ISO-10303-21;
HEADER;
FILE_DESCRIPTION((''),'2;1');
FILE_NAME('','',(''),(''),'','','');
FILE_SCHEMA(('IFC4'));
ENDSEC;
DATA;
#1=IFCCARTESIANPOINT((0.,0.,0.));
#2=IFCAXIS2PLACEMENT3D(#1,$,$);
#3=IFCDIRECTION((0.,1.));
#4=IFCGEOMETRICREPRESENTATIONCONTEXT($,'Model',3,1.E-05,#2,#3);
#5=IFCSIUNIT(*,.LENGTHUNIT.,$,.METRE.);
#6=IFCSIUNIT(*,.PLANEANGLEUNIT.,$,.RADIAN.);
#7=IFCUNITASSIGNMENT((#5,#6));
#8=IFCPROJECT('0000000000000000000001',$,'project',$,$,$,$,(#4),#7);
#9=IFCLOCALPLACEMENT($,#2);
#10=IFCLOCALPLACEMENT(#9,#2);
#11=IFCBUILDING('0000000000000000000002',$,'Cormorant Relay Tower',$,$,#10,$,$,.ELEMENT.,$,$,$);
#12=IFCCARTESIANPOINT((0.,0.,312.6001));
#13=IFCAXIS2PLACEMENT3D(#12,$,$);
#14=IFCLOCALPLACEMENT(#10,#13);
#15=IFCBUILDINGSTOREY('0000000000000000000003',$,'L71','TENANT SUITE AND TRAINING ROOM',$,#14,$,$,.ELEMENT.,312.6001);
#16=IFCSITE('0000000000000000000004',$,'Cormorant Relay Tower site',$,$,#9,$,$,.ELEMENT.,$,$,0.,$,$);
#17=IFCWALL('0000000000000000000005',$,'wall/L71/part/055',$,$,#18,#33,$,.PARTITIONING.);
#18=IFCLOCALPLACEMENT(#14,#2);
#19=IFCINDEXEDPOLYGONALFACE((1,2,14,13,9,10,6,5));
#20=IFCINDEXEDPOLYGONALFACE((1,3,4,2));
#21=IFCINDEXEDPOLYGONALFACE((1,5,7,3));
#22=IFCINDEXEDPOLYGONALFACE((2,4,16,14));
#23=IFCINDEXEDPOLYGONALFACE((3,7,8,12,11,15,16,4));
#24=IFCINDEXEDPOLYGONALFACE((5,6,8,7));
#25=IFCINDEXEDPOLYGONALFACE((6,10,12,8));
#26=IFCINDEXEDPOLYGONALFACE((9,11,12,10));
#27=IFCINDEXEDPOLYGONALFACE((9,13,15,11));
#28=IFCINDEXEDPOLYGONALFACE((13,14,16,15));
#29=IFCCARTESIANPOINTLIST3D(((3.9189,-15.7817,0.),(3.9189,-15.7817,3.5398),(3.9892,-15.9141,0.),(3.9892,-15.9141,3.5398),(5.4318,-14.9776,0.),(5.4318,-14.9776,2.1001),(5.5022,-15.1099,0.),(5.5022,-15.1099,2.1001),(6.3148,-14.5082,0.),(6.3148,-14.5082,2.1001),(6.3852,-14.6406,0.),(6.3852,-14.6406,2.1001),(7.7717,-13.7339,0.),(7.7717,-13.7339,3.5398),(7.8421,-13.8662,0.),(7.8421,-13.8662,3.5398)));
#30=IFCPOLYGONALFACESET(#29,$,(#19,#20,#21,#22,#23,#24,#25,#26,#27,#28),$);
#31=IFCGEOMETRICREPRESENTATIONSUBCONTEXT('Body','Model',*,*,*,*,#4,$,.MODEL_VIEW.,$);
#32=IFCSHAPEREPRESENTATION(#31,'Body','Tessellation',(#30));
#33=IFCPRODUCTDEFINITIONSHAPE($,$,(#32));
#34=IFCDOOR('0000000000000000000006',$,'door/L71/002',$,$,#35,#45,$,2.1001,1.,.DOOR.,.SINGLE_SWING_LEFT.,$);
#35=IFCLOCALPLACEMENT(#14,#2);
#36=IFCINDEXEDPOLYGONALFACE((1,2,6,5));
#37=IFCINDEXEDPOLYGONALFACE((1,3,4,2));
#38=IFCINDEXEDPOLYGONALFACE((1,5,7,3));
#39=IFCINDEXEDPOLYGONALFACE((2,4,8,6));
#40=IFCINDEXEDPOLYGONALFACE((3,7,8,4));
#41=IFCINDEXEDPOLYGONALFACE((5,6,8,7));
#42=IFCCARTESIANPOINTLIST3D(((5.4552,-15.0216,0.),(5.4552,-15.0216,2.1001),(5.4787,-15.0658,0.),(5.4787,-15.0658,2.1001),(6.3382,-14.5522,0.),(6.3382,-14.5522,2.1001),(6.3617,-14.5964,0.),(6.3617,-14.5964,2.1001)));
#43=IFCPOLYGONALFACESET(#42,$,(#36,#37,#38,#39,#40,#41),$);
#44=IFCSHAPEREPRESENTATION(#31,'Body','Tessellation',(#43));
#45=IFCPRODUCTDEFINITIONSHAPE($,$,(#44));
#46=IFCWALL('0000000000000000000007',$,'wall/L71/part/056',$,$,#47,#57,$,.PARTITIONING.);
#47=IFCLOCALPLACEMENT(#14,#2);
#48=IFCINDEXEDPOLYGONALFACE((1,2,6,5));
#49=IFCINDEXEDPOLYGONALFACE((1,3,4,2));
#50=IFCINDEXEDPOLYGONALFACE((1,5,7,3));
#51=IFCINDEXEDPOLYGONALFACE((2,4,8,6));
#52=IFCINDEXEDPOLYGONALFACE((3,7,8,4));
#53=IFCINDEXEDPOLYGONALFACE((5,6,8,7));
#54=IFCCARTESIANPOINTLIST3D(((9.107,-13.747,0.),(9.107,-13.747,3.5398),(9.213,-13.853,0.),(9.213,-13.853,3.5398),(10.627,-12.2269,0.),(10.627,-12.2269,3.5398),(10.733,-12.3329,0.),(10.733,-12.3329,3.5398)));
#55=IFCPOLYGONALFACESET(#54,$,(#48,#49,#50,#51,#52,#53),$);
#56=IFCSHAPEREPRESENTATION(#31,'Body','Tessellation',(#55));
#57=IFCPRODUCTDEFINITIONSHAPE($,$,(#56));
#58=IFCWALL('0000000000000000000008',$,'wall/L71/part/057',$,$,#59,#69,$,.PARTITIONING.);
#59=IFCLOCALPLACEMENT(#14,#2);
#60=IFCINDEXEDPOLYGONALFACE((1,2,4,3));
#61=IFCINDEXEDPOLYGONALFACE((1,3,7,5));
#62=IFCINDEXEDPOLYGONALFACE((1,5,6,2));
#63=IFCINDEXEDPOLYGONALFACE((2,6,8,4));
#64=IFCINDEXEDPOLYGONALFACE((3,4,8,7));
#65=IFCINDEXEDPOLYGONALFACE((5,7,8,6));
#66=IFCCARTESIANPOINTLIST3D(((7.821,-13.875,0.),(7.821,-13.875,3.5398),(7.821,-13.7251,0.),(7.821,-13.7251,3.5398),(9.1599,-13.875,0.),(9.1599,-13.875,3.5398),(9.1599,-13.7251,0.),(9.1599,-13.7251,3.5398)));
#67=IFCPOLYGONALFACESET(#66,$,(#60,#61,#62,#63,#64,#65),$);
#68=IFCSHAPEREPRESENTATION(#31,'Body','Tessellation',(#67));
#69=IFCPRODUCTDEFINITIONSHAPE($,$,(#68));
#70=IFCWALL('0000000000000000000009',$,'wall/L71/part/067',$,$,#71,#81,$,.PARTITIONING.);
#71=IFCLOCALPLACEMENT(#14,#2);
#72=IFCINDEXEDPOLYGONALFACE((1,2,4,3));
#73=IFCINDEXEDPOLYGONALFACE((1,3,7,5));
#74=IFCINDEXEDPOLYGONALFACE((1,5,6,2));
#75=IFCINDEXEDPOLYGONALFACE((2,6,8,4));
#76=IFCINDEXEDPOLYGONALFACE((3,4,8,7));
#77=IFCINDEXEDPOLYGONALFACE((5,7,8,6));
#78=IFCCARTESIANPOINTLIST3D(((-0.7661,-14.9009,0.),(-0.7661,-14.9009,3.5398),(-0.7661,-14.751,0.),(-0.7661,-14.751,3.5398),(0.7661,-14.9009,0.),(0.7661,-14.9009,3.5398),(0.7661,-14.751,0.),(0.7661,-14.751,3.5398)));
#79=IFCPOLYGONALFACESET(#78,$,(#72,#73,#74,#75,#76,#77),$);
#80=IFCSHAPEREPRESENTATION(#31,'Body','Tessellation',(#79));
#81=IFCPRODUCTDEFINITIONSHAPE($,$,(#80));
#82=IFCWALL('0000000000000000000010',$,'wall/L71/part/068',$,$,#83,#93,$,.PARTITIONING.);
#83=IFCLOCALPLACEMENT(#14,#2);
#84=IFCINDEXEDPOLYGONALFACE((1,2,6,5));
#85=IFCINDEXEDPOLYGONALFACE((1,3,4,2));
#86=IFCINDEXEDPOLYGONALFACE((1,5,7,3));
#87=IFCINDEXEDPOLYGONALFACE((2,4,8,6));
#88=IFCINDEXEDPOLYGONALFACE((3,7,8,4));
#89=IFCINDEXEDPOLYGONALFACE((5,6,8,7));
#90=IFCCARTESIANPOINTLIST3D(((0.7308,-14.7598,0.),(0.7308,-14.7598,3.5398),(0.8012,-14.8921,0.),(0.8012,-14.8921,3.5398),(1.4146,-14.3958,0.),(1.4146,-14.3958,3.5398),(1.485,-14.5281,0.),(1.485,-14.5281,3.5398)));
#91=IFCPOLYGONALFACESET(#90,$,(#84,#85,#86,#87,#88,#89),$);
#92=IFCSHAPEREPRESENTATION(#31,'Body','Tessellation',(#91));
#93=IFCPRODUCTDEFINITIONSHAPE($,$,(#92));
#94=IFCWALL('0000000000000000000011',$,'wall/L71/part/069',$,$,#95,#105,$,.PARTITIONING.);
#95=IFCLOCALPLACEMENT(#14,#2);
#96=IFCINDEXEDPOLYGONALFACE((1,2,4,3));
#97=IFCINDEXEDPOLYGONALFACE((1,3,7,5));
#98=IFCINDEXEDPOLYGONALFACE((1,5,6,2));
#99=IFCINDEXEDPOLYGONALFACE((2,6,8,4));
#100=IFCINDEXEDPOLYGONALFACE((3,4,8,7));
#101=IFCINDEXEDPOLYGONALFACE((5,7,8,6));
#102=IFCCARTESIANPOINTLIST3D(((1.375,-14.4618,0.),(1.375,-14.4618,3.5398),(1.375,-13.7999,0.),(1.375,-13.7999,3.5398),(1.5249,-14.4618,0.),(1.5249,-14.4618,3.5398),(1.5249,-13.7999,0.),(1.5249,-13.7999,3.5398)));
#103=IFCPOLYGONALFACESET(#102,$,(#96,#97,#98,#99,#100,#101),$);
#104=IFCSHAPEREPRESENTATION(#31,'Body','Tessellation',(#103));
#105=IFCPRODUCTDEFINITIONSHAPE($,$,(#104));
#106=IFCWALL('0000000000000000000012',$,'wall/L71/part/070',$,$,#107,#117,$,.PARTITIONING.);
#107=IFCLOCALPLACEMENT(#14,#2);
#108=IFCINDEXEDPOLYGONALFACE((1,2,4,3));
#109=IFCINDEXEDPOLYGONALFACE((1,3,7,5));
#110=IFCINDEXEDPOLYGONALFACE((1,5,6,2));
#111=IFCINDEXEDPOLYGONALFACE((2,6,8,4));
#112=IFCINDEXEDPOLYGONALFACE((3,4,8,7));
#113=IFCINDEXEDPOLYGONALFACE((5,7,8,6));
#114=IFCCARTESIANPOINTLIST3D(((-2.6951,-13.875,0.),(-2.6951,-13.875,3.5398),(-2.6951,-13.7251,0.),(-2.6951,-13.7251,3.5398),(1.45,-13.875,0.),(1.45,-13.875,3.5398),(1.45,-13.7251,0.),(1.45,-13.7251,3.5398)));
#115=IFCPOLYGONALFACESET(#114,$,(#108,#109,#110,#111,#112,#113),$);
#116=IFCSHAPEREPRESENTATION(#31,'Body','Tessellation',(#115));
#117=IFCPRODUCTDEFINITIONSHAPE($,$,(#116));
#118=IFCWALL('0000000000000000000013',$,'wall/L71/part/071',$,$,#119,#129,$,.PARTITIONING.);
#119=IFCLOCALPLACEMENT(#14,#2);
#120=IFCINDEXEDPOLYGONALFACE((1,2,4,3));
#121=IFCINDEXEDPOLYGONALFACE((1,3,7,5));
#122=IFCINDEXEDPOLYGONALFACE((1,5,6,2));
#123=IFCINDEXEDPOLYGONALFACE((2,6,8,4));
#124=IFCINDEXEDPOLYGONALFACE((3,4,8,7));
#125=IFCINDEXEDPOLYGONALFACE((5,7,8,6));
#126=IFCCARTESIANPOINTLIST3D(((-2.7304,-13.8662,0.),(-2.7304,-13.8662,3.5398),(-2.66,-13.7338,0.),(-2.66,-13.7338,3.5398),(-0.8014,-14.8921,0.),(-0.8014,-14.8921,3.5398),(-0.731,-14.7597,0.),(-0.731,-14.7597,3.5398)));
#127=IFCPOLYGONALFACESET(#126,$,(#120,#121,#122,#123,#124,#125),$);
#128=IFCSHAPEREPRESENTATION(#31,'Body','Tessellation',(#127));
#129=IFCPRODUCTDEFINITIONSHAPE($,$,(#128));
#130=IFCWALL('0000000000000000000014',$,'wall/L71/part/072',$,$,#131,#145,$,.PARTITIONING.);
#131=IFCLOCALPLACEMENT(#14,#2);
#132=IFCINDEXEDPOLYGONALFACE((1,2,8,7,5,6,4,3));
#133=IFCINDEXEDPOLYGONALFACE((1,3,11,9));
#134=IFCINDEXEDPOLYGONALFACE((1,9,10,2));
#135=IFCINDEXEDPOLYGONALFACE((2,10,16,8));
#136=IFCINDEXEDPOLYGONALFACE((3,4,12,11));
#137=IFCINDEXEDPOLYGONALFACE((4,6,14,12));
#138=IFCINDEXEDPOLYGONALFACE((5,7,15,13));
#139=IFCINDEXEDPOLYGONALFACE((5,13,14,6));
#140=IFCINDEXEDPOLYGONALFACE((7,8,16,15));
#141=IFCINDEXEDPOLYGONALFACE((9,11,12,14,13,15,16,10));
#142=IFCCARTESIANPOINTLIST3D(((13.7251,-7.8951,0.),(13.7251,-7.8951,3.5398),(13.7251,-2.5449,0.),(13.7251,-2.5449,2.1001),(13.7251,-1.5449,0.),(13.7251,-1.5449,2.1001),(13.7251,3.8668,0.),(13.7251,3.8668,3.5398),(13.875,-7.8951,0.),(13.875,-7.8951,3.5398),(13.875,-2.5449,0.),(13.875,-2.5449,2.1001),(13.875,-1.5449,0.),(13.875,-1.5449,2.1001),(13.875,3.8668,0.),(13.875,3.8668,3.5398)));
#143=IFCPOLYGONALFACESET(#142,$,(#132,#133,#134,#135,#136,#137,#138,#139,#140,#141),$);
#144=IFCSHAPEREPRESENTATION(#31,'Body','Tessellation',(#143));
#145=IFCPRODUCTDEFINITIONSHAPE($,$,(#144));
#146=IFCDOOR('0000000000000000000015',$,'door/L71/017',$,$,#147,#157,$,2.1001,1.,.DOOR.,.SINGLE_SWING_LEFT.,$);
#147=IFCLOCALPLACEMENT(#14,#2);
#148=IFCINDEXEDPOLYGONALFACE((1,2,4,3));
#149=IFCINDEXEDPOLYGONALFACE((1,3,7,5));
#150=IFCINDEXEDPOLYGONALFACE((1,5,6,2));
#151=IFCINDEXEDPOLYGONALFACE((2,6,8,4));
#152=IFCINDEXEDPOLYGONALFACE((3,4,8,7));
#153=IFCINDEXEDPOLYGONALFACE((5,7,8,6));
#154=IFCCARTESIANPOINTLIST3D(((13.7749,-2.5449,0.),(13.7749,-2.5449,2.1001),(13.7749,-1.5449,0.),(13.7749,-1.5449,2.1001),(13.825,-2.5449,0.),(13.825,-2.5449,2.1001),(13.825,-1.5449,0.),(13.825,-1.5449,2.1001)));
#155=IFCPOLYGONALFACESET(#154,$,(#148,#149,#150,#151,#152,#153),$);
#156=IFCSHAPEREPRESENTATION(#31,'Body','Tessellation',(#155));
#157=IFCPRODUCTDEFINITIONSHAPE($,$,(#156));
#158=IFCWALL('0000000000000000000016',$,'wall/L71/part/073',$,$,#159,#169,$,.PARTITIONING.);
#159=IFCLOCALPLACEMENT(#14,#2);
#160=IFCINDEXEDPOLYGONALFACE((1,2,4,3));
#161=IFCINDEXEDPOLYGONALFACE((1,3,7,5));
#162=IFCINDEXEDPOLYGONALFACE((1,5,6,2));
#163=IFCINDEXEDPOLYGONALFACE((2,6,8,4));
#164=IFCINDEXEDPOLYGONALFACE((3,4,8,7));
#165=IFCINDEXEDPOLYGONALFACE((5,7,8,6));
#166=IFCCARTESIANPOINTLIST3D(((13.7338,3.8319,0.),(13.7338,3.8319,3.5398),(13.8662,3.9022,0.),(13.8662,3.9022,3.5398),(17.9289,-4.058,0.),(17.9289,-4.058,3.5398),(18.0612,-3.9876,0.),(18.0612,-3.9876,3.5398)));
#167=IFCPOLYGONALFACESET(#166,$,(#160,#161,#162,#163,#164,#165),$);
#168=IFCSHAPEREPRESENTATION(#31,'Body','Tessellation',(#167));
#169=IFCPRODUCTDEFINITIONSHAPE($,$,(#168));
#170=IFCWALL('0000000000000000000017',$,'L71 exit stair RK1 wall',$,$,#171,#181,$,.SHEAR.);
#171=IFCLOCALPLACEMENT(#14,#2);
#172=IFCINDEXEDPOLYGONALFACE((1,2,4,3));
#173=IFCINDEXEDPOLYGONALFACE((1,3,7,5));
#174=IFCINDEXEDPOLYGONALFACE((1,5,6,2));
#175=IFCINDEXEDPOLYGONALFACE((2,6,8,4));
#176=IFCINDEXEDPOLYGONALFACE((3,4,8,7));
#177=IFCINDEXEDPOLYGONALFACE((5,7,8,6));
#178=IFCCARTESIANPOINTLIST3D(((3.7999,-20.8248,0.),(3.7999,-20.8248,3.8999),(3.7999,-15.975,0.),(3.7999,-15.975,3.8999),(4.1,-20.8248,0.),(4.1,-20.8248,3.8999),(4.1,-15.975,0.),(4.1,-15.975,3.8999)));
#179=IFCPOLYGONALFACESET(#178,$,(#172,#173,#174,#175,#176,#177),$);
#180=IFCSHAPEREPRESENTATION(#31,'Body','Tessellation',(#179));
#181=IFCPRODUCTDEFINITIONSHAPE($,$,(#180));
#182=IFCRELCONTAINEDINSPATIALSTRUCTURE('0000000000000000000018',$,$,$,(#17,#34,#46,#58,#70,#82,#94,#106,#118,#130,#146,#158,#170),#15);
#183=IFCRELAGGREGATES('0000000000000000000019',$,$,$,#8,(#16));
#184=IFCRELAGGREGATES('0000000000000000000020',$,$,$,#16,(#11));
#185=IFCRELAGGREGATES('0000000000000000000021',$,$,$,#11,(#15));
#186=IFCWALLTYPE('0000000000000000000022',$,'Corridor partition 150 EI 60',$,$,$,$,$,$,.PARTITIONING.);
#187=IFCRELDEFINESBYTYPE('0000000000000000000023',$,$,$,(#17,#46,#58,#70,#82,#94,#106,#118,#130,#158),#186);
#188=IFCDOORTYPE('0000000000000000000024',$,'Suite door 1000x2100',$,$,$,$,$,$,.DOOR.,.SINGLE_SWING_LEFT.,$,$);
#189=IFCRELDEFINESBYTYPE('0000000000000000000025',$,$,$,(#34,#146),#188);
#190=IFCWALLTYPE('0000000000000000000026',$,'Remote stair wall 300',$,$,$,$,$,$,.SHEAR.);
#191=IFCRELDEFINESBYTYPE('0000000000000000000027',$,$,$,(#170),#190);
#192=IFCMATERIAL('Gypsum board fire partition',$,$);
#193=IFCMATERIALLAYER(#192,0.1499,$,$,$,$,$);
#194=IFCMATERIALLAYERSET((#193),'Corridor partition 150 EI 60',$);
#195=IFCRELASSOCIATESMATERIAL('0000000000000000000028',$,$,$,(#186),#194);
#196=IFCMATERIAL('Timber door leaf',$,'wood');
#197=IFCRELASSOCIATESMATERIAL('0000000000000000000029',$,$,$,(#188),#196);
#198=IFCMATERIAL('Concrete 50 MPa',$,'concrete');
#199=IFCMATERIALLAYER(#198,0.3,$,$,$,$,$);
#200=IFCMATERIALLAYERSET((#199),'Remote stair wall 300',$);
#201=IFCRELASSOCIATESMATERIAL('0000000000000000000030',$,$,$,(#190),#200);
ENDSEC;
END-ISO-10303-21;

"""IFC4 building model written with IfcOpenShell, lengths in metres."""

from ifc_helpers import new_model, si_unit, direction, frame, frame_2d, origin, place, context, subcontext, project, spatial, rectangle, extrude, material, layer, layer_set, type_object, element, fill, save


model = new_model("IFC4")

# Units and contexts
model_context = context("Model", 3, precision=1e-05, world=origin(), true_north=direction((0.0, 1.0)))
body_context = subcontext(model_context, "Body", "Model", "MODEL_VIEW")
ifc_project = project(units=[si_unit("LENGTHUNIT", "METRE"), si_unit("PLANEANGLEUNIT", "RADIAN")], contexts=[model_context])

# Site, building, storey
site_placement = place(None, origin())
site = spatial("IfcSite", under=ifc_project, at=site_placement, Name="Cormorant Relay Tower site", CompositionType="ELEMENT", RefElevation=0.0)
building_placement = place(site_placement, origin())
building = spatial("IfcBuilding", under=site, at=building_placement, Name="Cormorant Relay Tower", CompositionType="ELEMENT")
storey_placement = place(building_placement, frame((0.0, 0.0, 312.6001)))
storey = spatial("IfcBuildingStorey", under=building, at=storey_placement, Name="L71", Description="TENANT SUITE AND TRAINING ROOM", CompositionType="ELEMENT", Elevation=312.6001)

# Wall, opening, door
ifc_material_1 = material(Name="Gypsum board fire partition")
ifc_layer_1 = layer(ifc_material_1, 0.1499)
ifc_layer_set_1 = layer_set([ifc_layer_1], Name="Corridor partition 150 EI 60")
wall_type_1 = type_object("IfcWallType", Name="Corridor partition 150 EI 60", PredefinedType="PARTITIONING", material=ifc_layer_set_1)
ifc_material_2 = material(Name="Timber door leaf", Category="wood")
door_type_1 = type_object("IfcDoorType", Name="Suite door 1000x2100", OperationType="SINGLE_SWING_LEFT", PredefinedType="DOOR", material=ifc_material_2)
wall_1_placement = place(storey_placement, frame((7.8069, -13.8, 0.0), z_axis=(0.0, 0.0, 1.0), x_axis=(-0.883015, -0.469345, 0.0)))
wall_1 = element("IfcWall", 1, at=wall_1_placement, inside=storey, type_object=wall_type_1, Name="wall/L71/part/055", PredefinedType="PARTITIONING", context=body_context, shape_type="SweptSolid", body=[
    extrude(rectangle(XDim=4.3633, YDim=0.1499, at=frame_2d((2.1816, 0.0))), origin(), (0.0, 0.0, 1.0), 3.5398),
])
opening_1_placement = place(wall_1_placement, frame((1.6499, 0.0, 0.0)))
opening_1 = element("IfcOpeningElement", 2, at=opening_1_placement, cuts=wall_1, PredefinedType="OPENING", context=body_context, shape_type="SweptSolid", body=[
    extrude(rectangle(XDim=1.0, YDim=2.1001, at=frame_2d((0.5, 1.05))), frame((0.0, 0.085, 0.0), z_axis=(0.0, -1.0, 0.0), x_axis=(1.0, 0.0, 0.0)), (0.0, 0.0, 1.0), 0.1699),
])
door_1_placement = place(opening_1_placement, origin())
door_1 = element("IfcDoor", 3, at=door_1_placement, inside=storey, type_object=door_type_1, Name="door/L71/002", OperationType="SINGLE_SWING_LEFT", OverallHeight=2.1001, OverallWidth=1.0, PredefinedType="DOOR", context=body_context, shape_type="SweptSolid", body=[
    extrude(rectangle(XDim=1.0, YDim=2.1001, at=frame_2d((0.5, 1.05))), frame((0.0, 0.0249, 0.0), z_axis=(0.0, -1.0, 0.0), x_axis=(1.0, 0.0, 0.0)), (0.0, 0.0, 1.0), 0.05),
])
fill(opening_1, door_1)

# Walls
wall_2_placement = place(storey_placement, frame((10.6799, -12.28, 0.0), z_axis=(0.0, 0.0, 1.0), x_axis=(-0.707107, -0.707107, 0.0)))
element("IfcWall", 4, at=wall_2_placement, inside=storey, type_object=wall_type_1, Name="wall/L71/part/056", PredefinedType="PARTITIONING", context=body_context, shape_type="SweptSolid", body=[
    extrude(rectangle(XDim=2.1497, YDim=0.1499, at=frame_2d((1.0747, 0.0))), origin(), (0.0, 0.0, 1.0), 3.5398),
])
wall_3_placement = place(storey_placement, frame((9.1599, -13.8, 0.0), z_axis=(0.0, 0.0, 1.0), x_axis=(-1.0, 0.0, 0.0)))
element("IfcWall", 5, at=wall_3_placement, inside=storey, type_object=wall_type_1, Name="wall/L71/part/057", PredefinedType="PARTITIONING", context=body_context, shape_type="SweptSolid", body=[
    extrude(rectangle(XDim=1.3389, YDim=0.1499, at=frame_2d((0.6694, 0.0))), origin(), (0.0, 0.0, 1.0), 3.5398),
])
wall_4_placement = place(storey_placement, frame((-0.7661, -14.8259, 0.0), z_axis=(0.0, 0.0, 1.0), x_axis=(1.0, 0.0, 0.0)))
element("IfcWall", 6, at=wall_4_placement, inside=storey, type_object=wall_type_1, Name="wall/L71/part/067", PredefinedType="PARTITIONING", context=body_context, shape_type="SweptSolid", body=[
    extrude(rectangle(XDim=1.5322, YDim=0.1499, at=frame_2d((0.7661, 0.0))), origin(), (0.0, 0.0, 1.0), 3.5398),
])
wall_5_placement = place(storey_placement, frame((0.7661, -14.8259, 0.0), z_axis=(0.0, 0.0, 1.0), x_axis=(0.882728, 0.469885, 0.0)))
element("IfcWall", 7, at=wall_5_placement, inside=storey, type_object=wall_type_1, Name="wall/L71/part/068", PredefinedType="PARTITIONING", context=body_context, shape_type="SweptSolid", body=[
    extrude(rectangle(XDim=0.7747, YDim=0.1499, at=frame_2d((0.3872, 0.0))), origin(), (0.0, 0.0, 1.0), 3.5398),
])
wall_6_placement = place(storey_placement, frame((1.45, -14.4619, 0.0), z_axis=(0.0, 0.0, 1.0), x_axis=(0.0, 1.0, 0.0)))
element("IfcWall", 8, at=wall_6_placement, inside=storey, type_object=wall_type_1, Name="wall/L71/part/069", PredefinedType="PARTITIONING", context=body_context, shape_type="SweptSolid", body=[
    extrude(rectangle(XDim=0.6619, YDim=0.1499, at=frame_2d((0.3311, 0.0))), origin(), (0.0, 0.0, 1.0), 3.5398),
])
wall_7_placement = place(storey_placement, frame((1.45, -13.8, 0.0), z_axis=(0.0, 0.0, 1.0), x_axis=(-1.0, 0.0, 0.0)))
element("IfcWall", 9, at=wall_7_placement, inside=storey, type_object=wall_type_1, Name="wall/L71/part/070", PredefinedType="PARTITIONING", context=body_context, shape_type="SweptSolid", body=[
    extrude(rectangle(XDim=4.145, YDim=0.1499, at=frame_2d((2.0725, 0.0))), origin(), (0.0, 0.0, 1.0), 3.5398),
])
wall_8_placement = place(storey_placement, frame((-2.6951, -13.8, 0.0), z_axis=(0.0, 0.0, 1.0), x_axis=(0.882903, -0.469556, 0.0)))
element("IfcWall", 10, at=wall_8_placement, inside=storey, type_object=wall_type_1, Name="wall/L71/part/071", PredefinedType="PARTITIONING", context=body_context, shape_type="SweptSolid", body=[
    extrude(rectangle(XDim=2.1848, YDim=0.1499, at=frame_2d((1.0923, 0.0))), origin(), (0.0, 0.0, 1.0), 3.5398),
])

# Wall, opening, door
wall_9_placement = place(storey_placement, frame((13.8, -7.895, 0.0), z_axis=(0.0, 0.0, 1.0), x_axis=(0.0, 1.0, 0.0)))
wall_9 = element("IfcWall", 11, at=wall_9_placement, inside=storey, type_object=wall_type_1, Name="wall/L71/part/072", PredefinedType="PARTITIONING", context=body_context, shape_type="SweptSolid", body=[
    extrude(rectangle(XDim=11.762, YDim=0.1499, at=frame_2d((5.8809, 0.0))), origin(), (0.0, 0.0, 1.0), 3.5398),
])
opening_2_placement = place(wall_9_placement, frame((5.3501, 0.0, 0.0)))
opening_2 = element("IfcOpeningElement", 12, at=opening_2_placement, cuts=wall_9, PredefinedType="OPENING", context=body_context, shape_type="SweptSolid", body=[
    extrude(rectangle(XDim=1.0, YDim=2.1001, at=frame_2d((0.5, 1.05))), frame((0.0, 0.085, 0.0), z_axis=(0.0, -1.0, 0.0), x_axis=(1.0, 0.0, 0.0)), (0.0, 0.0, 1.0), 0.1699),
])
door_2_placement = place(opening_2_placement, frame((1.0, 0.0, 0.0), z_axis=(0.0, 0.0, 1.0), x_axis=(-1.0, 0.0, 0.0)))
door_2 = element("IfcDoor", 13, at=door_2_placement, inside=storey, type_object=door_type_1, Name="door/L71/017", OperationType="SINGLE_SWING_LEFT", OverallHeight=2.1001, OverallWidth=1.0, PredefinedType="DOOR", context=body_context, shape_type="SweptSolid", body=[
    extrude(rectangle(XDim=1.0, YDim=2.1001, at=frame_2d((0.5, 1.05))), frame((0.0, 0.0249, 0.0), z_axis=(0.0, -1.0, 0.0), x_axis=(1.0, 0.0, 0.0)), (0.0, 0.0, 1.0), 0.05),
])
fill(opening_2, door_2)

# Walls
wall_10_placement = place(storey_placement, frame((13.8, 3.8669, 0.0), z_axis=(0.0, 0.0, 1.0), x_axis=(0.469466, -0.88295, 0.0)))
element("IfcWall", 14, at=wall_10_placement, inside=storey, type_object=wall_type_1, Name="wall/L71/part/073", PredefinedType="PARTITIONING", context=body_context, shape_type="SweptSolid", body=[
    extrude(rectangle(XDim=8.9358, YDim=0.1499, at=frame_2d((4.4678, 0.0))), origin(), (0.0, 0.0, 1.0), 3.5398),
])
ifc_material_3 = material(Name="Concrete 50 MPa", Category="concrete")
ifc_layer_2 = layer(ifc_material_3, 0.3)
ifc_layer_set_2 = layer_set([ifc_layer_2], Name="Remote stair wall 300")
wall_type_2 = type_object("IfcWallType", Name="Remote stair wall 300", PredefinedType="SHEAR", material=ifc_layer_set_2)
wall_11_placement = place(storey_placement, frame((3.95, -15.9751, 0.0), z_axis=(0.0, 0.0, 1.0), x_axis=(0.0, -1.0, 0.0)))
element("IfcWall", 15, at=wall_11_placement, inside=storey, type_object=wall_type_2, Name="L71 exit stair RK1 wall", PredefinedType="SHEAR", context=body_context, shape_type="SweptSolid", body=[
    extrude(rectangle(XDim=4.8499, YDim=0.3, at=frame_2d((2.4248, 0.0))), origin(), (0.0, 0.0, 1.0), 3.8999),
])

save(model, "model.ifc")
